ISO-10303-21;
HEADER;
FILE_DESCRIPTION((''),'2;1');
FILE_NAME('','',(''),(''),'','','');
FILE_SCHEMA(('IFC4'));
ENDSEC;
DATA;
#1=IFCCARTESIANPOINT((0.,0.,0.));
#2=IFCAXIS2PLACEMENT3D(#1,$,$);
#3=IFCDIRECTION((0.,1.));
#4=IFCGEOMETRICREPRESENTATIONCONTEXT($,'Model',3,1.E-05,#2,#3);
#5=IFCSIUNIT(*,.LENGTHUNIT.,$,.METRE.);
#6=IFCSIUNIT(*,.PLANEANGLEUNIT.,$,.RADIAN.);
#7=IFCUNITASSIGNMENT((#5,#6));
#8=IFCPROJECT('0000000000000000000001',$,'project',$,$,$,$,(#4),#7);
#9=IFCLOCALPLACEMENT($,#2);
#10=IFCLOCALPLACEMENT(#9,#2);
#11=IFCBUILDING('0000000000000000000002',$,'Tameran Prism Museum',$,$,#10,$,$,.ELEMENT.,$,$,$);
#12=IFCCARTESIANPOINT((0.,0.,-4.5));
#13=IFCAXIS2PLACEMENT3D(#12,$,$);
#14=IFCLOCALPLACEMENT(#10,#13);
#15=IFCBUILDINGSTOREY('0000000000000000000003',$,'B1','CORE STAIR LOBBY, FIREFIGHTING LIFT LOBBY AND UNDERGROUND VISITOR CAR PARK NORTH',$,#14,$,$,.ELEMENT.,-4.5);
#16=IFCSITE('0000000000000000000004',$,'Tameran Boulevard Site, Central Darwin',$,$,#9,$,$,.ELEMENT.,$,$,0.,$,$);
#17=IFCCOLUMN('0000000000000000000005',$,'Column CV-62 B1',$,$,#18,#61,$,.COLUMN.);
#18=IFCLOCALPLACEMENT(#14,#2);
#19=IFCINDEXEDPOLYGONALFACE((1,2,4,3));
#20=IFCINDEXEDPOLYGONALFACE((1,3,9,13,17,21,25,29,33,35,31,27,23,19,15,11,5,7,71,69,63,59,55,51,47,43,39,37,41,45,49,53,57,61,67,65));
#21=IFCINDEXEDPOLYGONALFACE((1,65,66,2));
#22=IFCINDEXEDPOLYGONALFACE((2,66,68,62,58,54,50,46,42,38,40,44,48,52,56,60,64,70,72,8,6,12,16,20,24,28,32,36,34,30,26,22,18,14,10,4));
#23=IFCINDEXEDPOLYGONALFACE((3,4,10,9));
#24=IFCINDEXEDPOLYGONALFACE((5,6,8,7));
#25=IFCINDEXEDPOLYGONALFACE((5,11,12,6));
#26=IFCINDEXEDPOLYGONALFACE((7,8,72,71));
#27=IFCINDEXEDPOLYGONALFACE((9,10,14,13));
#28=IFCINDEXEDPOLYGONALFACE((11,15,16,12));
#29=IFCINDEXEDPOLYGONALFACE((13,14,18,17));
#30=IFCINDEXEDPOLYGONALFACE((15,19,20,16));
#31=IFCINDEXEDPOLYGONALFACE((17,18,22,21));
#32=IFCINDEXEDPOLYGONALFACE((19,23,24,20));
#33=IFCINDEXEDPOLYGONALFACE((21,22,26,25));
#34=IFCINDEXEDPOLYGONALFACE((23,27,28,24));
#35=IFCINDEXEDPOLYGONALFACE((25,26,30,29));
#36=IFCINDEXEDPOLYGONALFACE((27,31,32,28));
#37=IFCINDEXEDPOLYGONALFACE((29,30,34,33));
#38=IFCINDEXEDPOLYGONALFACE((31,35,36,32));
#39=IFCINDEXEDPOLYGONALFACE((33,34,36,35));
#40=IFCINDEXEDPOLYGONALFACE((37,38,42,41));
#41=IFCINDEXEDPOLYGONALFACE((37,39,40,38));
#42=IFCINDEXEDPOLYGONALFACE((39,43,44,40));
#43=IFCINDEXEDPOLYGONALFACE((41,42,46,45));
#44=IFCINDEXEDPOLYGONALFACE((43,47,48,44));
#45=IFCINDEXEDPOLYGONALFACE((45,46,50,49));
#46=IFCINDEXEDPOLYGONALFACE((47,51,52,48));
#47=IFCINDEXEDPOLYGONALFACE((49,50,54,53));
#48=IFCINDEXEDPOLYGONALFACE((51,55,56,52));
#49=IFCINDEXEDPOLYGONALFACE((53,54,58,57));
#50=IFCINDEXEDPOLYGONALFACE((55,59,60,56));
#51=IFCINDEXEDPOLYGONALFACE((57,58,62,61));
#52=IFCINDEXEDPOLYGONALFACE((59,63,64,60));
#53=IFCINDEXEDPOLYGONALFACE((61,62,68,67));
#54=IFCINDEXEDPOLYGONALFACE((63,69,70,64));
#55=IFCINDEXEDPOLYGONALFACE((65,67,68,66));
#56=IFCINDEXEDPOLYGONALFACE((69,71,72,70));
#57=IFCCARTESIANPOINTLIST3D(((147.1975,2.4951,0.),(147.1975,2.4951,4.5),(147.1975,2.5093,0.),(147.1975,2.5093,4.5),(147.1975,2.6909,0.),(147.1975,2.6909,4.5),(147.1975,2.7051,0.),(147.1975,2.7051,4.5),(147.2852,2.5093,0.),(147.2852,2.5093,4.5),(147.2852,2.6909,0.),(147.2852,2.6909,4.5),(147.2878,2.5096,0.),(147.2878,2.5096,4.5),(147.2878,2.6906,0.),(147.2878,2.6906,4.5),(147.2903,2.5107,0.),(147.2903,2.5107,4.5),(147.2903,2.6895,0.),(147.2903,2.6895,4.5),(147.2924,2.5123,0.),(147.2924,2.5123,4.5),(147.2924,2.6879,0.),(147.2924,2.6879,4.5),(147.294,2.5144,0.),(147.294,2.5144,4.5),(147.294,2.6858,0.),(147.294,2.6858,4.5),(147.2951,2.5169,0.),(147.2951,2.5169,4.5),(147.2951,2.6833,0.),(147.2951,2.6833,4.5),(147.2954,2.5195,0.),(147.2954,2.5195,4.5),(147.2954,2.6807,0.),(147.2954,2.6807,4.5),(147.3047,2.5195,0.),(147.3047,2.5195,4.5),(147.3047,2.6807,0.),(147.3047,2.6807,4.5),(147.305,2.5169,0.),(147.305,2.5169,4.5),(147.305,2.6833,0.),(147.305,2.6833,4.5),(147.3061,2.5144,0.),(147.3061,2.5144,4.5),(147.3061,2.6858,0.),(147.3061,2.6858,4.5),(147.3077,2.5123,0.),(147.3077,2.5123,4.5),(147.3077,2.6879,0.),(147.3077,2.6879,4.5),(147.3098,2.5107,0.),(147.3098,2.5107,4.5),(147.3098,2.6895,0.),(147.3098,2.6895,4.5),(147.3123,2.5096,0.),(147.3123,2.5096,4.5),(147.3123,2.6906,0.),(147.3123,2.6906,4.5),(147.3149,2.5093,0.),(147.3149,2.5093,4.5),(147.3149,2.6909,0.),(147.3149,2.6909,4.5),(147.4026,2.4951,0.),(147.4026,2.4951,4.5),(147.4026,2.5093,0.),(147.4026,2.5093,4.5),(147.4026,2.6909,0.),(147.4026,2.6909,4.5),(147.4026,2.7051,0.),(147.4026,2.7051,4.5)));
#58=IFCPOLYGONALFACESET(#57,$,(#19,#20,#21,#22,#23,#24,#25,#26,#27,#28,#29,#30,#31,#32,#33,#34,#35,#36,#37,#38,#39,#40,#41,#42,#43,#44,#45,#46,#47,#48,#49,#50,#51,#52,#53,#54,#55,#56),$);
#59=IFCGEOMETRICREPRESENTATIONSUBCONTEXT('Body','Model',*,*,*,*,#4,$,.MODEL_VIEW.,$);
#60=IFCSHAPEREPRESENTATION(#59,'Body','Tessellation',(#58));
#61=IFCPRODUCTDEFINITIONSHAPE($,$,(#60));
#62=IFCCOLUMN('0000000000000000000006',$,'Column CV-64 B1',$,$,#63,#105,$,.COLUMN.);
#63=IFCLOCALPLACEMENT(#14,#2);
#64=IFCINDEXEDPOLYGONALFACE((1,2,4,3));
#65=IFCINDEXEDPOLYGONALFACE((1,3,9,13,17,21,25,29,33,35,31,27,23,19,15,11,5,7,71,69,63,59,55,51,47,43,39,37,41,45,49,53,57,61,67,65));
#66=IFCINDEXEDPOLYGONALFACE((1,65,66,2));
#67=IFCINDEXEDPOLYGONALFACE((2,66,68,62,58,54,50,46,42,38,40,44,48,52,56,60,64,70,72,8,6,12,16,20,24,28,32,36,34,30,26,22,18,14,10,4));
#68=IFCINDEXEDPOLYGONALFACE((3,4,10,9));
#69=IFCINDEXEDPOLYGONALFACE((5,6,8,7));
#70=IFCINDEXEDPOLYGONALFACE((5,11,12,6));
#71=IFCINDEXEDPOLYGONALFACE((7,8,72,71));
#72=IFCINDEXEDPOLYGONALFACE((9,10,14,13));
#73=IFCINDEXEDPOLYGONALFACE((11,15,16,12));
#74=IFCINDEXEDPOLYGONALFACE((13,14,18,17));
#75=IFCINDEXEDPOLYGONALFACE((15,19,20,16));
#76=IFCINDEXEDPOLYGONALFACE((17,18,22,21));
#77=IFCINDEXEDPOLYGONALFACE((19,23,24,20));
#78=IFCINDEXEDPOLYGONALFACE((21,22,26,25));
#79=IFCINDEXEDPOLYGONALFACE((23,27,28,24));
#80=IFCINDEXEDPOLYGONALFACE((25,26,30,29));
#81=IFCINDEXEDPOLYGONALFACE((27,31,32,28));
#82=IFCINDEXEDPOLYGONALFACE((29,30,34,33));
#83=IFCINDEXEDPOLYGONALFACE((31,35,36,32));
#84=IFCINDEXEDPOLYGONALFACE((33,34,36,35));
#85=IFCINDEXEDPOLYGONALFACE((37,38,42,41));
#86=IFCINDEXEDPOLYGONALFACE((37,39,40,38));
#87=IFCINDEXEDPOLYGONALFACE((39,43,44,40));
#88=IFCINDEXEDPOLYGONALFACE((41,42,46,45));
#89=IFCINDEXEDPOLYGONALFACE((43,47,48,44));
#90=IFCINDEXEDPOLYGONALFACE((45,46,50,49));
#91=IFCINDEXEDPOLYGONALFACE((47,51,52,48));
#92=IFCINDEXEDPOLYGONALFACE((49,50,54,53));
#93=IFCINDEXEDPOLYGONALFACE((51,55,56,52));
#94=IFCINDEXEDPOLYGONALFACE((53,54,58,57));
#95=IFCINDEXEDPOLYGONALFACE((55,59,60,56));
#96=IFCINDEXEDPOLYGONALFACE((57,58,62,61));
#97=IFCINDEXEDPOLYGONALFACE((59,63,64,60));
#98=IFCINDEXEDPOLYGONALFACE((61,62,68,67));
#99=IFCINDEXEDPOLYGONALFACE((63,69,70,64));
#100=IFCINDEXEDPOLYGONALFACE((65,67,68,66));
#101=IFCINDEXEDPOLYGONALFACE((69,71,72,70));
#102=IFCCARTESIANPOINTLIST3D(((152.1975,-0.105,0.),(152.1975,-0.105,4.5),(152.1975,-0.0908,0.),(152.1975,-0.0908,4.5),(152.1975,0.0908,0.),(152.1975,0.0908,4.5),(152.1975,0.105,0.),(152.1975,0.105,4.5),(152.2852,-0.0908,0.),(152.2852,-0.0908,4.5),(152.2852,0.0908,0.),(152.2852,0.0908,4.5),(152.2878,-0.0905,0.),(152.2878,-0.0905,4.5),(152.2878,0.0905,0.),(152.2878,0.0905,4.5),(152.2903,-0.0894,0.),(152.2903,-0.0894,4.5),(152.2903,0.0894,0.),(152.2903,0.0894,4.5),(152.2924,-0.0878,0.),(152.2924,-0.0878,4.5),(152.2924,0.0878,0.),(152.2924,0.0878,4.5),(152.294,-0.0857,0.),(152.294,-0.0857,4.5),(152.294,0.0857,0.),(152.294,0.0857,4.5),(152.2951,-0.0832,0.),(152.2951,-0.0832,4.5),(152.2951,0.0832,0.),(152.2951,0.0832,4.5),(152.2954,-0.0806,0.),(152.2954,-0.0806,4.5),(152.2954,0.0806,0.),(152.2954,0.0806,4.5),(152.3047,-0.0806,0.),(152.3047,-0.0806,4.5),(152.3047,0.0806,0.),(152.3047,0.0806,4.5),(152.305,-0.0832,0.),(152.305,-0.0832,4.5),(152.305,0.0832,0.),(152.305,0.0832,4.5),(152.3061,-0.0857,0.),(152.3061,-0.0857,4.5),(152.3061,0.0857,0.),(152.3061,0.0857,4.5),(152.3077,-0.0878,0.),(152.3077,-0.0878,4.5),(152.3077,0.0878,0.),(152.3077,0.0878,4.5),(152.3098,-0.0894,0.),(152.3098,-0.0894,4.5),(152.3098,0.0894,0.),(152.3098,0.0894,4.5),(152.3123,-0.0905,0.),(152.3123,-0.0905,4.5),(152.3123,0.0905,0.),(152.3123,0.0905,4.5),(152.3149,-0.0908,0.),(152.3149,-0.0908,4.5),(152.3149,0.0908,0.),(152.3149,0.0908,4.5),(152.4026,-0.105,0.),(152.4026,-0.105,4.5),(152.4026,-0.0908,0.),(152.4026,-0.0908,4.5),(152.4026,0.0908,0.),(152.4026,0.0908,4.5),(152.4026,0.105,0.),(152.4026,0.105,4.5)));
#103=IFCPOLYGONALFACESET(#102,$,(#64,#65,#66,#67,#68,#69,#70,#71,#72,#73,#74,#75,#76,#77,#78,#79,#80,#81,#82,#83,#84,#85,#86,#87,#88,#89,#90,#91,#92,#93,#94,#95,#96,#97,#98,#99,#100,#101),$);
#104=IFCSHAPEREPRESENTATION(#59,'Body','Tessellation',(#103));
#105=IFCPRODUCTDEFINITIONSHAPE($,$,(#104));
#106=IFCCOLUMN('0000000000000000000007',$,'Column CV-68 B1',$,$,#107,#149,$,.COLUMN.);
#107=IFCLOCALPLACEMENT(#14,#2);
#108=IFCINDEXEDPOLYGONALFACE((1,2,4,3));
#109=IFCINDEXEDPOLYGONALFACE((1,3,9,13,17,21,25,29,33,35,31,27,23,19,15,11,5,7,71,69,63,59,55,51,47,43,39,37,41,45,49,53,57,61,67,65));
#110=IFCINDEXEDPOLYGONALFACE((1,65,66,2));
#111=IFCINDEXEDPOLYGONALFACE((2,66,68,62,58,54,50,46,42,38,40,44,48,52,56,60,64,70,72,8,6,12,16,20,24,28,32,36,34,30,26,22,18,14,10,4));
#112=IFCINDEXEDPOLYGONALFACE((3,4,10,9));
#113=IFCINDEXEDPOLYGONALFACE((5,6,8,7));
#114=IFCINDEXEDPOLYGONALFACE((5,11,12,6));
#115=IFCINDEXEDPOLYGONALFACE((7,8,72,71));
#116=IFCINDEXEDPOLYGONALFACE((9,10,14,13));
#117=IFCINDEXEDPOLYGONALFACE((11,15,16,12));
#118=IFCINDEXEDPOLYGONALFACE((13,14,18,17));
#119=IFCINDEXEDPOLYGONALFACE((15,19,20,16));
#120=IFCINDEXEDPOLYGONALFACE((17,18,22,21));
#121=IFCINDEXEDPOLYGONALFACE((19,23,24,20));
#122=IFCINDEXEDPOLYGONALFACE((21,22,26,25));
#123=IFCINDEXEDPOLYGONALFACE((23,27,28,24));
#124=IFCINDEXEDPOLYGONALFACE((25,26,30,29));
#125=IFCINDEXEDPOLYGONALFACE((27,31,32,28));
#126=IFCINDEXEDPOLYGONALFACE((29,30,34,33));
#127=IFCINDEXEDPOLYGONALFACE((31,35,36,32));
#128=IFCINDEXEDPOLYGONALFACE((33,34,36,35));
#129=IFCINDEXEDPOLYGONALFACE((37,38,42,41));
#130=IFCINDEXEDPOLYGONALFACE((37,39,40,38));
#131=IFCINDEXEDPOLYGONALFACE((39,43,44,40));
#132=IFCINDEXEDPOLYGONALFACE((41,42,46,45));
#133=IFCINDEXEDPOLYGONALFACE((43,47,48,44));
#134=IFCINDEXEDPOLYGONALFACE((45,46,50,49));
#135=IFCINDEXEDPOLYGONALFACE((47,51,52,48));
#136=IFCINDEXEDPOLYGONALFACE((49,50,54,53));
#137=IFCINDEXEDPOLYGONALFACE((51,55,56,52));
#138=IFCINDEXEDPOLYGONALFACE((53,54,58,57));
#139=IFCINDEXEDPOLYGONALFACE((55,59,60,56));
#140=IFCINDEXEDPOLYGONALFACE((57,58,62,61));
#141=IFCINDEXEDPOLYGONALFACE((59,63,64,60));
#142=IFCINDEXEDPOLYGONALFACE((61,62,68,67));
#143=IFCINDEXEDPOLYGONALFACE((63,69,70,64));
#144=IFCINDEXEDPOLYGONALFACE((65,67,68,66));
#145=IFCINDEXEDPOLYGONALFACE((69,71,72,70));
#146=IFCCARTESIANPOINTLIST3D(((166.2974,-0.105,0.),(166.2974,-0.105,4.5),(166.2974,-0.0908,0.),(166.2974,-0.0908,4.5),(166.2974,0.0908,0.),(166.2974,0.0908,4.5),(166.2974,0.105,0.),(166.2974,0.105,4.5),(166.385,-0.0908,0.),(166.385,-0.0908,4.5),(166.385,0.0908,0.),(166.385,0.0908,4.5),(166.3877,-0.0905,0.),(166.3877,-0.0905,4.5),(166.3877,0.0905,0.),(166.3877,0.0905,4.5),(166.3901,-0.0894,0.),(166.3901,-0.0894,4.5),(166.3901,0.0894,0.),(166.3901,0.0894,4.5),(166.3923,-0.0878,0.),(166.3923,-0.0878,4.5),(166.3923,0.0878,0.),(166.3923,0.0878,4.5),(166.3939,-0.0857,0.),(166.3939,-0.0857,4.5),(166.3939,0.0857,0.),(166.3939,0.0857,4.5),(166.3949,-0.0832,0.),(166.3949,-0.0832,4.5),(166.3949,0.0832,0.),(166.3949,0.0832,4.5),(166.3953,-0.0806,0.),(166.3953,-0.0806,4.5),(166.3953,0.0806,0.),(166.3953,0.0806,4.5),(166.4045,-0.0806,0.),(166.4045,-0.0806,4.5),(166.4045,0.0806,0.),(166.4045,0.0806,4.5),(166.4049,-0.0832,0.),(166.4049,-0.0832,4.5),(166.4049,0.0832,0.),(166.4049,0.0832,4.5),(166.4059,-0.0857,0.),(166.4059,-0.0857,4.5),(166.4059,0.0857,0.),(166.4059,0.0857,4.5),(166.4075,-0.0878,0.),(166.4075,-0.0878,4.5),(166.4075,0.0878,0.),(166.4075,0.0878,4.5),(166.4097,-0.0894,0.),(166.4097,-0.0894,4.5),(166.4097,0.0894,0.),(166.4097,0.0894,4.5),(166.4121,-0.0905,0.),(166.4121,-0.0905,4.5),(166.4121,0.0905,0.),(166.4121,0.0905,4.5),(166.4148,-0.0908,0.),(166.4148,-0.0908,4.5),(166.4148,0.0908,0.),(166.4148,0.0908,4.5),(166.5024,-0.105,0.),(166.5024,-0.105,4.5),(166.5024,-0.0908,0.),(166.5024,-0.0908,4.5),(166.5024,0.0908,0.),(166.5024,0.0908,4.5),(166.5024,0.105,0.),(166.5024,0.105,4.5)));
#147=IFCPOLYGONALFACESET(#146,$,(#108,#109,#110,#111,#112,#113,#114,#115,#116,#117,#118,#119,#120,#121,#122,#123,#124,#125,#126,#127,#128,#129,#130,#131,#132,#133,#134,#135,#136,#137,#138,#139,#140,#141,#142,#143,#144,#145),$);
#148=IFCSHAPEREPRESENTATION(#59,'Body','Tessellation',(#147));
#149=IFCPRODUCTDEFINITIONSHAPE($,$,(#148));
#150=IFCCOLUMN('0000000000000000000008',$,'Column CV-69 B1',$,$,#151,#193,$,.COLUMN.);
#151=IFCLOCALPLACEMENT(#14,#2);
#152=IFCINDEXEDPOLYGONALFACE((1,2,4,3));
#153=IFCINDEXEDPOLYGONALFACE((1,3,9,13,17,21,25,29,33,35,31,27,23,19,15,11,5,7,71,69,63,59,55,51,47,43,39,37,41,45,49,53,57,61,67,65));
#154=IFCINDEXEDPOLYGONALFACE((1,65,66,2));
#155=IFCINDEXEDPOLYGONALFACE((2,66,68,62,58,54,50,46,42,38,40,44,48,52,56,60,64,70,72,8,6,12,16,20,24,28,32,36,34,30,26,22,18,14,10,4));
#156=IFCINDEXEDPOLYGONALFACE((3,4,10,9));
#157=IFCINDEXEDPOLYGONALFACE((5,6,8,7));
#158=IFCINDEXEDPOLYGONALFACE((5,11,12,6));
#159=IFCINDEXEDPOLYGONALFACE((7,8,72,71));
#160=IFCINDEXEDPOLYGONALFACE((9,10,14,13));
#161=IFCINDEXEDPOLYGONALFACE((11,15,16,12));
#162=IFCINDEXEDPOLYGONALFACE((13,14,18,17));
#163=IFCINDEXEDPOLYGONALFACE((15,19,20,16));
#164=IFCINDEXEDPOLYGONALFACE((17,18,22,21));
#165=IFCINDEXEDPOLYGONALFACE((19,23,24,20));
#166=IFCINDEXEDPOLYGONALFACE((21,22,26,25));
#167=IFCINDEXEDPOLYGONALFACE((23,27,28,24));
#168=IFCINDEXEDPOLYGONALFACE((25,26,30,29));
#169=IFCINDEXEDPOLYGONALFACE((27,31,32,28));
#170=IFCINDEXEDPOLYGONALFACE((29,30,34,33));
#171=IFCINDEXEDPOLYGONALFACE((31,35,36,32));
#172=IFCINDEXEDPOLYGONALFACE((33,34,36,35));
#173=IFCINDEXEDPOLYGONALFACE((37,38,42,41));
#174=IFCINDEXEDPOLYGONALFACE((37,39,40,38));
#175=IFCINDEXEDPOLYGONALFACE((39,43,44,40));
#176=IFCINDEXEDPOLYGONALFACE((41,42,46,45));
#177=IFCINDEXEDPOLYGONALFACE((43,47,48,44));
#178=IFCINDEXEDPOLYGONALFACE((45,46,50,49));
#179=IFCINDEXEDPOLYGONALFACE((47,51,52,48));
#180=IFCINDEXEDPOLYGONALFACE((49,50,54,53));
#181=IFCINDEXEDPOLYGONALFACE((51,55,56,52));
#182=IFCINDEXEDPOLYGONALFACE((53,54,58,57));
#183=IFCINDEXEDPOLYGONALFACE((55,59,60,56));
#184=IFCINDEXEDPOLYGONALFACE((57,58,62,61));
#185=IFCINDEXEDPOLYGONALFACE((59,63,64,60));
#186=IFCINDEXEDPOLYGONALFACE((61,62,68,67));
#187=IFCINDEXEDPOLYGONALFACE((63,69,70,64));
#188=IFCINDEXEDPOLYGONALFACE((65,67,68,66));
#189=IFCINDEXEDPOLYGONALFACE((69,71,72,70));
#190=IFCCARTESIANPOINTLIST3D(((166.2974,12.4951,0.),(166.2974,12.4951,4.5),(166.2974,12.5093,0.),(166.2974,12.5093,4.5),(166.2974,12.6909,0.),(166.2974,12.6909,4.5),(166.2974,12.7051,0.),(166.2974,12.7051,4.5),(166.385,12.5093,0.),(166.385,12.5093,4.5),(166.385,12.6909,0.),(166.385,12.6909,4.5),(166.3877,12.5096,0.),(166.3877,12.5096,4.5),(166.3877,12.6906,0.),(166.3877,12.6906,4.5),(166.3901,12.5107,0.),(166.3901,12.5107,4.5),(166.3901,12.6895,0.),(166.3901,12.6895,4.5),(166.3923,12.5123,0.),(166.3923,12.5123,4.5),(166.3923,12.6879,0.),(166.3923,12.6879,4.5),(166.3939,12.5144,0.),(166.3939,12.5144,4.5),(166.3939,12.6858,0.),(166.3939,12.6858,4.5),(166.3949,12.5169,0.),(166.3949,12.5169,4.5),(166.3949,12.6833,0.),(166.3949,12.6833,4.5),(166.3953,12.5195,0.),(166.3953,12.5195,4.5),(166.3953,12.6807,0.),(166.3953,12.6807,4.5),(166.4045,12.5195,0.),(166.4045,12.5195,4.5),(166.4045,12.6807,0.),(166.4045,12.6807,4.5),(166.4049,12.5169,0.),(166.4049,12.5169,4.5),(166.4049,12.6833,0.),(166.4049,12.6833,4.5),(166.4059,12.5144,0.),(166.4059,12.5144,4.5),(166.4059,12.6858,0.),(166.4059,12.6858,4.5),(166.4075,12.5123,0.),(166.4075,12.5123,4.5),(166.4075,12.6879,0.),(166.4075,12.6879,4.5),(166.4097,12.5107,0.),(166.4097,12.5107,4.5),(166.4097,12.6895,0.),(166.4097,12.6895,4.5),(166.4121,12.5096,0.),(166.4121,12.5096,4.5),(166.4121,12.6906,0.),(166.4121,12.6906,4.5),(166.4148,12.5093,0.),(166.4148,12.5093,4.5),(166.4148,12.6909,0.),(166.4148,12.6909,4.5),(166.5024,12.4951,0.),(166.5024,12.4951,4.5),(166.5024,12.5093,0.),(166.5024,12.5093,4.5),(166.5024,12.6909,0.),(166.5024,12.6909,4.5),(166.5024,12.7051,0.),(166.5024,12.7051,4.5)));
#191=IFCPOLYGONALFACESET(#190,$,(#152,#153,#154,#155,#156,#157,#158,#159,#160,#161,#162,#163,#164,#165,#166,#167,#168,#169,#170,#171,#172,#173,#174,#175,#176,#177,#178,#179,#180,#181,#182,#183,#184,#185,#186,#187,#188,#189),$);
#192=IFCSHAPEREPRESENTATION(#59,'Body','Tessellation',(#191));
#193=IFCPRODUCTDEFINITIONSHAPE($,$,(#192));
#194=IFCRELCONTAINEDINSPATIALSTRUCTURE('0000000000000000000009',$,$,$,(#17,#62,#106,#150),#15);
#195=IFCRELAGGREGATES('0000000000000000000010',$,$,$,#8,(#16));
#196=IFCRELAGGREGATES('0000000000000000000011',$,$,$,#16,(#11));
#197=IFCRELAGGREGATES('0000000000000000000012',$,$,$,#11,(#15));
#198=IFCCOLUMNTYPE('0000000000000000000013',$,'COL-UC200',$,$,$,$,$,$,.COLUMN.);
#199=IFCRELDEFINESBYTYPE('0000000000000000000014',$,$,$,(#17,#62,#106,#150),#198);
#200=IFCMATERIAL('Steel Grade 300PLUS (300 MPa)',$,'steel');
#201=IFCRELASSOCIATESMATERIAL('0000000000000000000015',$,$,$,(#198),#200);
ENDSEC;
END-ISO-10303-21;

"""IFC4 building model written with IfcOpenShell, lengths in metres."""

from ifc_helpers import new_model, si_unit, direction, frame, origin, origin_2d, place, context, subcontext, project, spatial, i_section, extrude, material, material_profile, profile_set, type_object, element, save


model = new_model("IFC4")

# Units and contexts
model_context = context("Model", 3, precision=1e-05, world=origin(), true_north=direction((0.0, 1.0)))
body_context = subcontext(model_context, "Body", "Model", "MODEL_VIEW")
ifc_project = project(units=[si_unit("LENGTHUNIT", "METRE"), si_unit("PLANEANGLEUNIT", "RADIAN")], contexts=[model_context])

# Site, building, storey
site_placement = place(None, origin())
site = spatial("IfcSite", under=ifc_project, at=site_placement, Name="Tameran Boulevard Site, Central Darwin", CompositionType="ELEMENT", RefElevation=0.0)
building_placement = place(site_placement, origin())
building = spatial("IfcBuilding", under=site, at=building_placement, Name="Tameran Prism Museum", CompositionType="ELEMENT")
storey_placement = place(building_placement, frame((0.0, 0.0, -4.5)))
storey = spatial("IfcBuildingStorey", under=building, at=storey_placement, Name="B1", Description="CORE STAIR LOBBY, FIREFIGHTING LIFT LOBBY AND UNDERGROUND VISITOR CAR PARK NORTH", CompositionType="ELEMENT", Elevation=-4.5)

# Columns
ifc_material_1 = material(Name="Steel Grade 300PLUS (300 MPa)", Category="steel")
ifc_material_profile_1 = material_profile(ifc_material_1, i_section(OverallWidth=0.2051, OverallDepth=0.21, WebThickness=0.0093, FlangeThickness=0.0142, FilletRadius=0.0103, at=origin_2d()))
ifc_profile_set_1 = profile_set([ifc_material_profile_1])
column_type_1 = type_object("IfcColumnType", Name="COL-UC200", PredefinedType="COLUMN", material=ifc_profile_set_1)
for number, where, z_axis, x_axis, name in (
    (1, (147.3, 2.6001, 0.0), (0.0, 0.0, 1.0), (1.0, 0.0, 0.0), "Column CV-62 B1"),
    (2, (152.3, 0.0, 0.0), (0.0, 0.0, 1.0), (1.0, 0.0, 0.0), "Column CV-64 B1"),
    (3, (166.3999, 0.0, 0.0), (0.0, 0.0, 1.0), (1.0, 0.0, 0.0), "Column CV-68 B1"),
    (4, (166.3999, 12.6001, 0.0), (0.0, 0.0, 1.0), (1.0, 0.0, 0.0), "Column CV-69 B1"),
):
    element("IfcColumn", number, at=place(storey_placement, frame(where, z_axis=z_axis, x_axis=x_axis)), inside=storey, type_object=column_type_1, Name=name, PredefinedType="COLUMN", context=body_context, shape_type="SweptSolid", body=[
        extrude(i_section(OverallWidth=0.2051, OverallDepth=0.21, WebThickness=0.0093, FlangeThickness=0.0142, FilletRadius=0.0103, at=origin_2d()), origin(), (0.0, 0.0, 1.0), 4.5),
    ])

save(model, "model.ifc")
